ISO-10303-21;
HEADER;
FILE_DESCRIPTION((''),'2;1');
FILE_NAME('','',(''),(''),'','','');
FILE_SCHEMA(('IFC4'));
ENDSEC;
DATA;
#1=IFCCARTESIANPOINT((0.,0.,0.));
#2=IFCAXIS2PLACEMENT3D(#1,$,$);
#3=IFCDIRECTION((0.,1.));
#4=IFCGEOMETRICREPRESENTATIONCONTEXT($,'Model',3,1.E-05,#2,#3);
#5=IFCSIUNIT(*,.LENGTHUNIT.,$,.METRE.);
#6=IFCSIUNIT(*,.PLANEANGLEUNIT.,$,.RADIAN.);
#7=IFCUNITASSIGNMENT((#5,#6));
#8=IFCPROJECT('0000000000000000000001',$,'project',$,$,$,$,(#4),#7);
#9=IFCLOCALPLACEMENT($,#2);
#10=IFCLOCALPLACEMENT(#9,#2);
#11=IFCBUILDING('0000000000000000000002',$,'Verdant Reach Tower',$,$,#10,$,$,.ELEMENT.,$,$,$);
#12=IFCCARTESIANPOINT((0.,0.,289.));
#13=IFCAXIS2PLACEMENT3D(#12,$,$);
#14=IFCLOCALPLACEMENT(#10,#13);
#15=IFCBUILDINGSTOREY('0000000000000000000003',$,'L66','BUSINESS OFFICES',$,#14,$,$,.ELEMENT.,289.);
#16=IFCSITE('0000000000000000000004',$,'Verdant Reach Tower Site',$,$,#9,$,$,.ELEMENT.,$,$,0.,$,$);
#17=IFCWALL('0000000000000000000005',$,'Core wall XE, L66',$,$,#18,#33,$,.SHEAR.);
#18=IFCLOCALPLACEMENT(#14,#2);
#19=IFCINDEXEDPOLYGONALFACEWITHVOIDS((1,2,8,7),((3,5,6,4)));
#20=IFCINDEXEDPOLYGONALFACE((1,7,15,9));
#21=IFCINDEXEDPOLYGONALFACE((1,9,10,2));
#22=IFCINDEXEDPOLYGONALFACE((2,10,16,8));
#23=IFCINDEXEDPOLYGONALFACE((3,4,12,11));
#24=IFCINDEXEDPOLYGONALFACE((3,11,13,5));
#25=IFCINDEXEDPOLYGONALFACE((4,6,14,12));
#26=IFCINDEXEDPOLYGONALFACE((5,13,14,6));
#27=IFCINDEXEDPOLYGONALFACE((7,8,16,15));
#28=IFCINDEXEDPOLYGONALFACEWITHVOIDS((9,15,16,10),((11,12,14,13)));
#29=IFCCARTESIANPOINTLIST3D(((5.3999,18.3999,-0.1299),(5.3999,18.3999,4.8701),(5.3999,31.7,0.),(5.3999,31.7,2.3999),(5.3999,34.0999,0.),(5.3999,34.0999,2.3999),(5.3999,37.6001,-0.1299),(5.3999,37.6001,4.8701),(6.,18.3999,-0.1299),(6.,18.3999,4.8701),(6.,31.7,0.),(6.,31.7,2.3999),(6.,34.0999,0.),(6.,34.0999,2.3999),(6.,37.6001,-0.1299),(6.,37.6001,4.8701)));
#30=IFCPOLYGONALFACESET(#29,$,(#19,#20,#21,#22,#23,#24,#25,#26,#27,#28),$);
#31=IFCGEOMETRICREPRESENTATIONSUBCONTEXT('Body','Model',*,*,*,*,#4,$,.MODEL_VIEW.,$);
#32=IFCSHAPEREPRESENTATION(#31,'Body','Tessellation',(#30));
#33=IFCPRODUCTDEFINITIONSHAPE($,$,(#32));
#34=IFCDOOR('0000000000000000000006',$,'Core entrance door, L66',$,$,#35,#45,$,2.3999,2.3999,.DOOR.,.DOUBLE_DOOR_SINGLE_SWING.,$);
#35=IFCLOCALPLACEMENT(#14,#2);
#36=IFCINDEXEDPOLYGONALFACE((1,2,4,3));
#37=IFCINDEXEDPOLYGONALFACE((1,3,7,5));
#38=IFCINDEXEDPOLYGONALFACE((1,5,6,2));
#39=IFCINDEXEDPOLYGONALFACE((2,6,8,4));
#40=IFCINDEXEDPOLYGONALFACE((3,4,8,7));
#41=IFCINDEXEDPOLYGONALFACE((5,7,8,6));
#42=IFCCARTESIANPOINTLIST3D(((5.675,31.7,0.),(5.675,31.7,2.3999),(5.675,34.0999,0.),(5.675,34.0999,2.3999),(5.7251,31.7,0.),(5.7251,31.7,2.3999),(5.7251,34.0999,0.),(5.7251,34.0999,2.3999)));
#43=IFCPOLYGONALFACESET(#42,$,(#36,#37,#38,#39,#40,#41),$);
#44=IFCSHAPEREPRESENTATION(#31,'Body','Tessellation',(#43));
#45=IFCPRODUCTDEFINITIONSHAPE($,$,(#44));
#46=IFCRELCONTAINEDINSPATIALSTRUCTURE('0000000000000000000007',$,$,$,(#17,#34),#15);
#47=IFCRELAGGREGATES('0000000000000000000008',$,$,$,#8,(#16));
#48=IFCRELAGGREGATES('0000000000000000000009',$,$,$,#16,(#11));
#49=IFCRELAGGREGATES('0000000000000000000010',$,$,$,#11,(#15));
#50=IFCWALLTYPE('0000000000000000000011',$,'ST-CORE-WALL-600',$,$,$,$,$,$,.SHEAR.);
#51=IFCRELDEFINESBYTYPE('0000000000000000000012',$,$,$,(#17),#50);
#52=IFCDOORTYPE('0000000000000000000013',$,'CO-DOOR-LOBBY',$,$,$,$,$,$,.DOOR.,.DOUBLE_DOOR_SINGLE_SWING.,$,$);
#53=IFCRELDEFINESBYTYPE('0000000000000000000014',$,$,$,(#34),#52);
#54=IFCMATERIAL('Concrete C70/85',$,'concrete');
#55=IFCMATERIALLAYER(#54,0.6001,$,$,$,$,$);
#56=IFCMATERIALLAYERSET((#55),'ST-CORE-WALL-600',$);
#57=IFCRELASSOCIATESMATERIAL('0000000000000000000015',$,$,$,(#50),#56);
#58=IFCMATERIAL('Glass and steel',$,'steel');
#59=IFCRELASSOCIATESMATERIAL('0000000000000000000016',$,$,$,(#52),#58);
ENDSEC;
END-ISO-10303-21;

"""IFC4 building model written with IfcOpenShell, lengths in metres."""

from ifc_helpers import new_model, si_unit, direction, frame, frame_2d, origin, place, context, subcontext, project, spatial, rectangle, extrude, material, layer, layer_set, type_object, element, fill, save


model = new_model("IFC4")

# Units and contexts
model_context = context("Model", 3, precision=1e-05, world=origin(), true_north=direction((0.0, 1.0)))
body_context = subcontext(model_context, "Body", "Model", "MODEL_VIEW")
ifc_project = project(units=[si_unit("LENGTHUNIT", "METRE"), si_unit("PLANEANGLEUNIT", "RADIAN")], contexts=[model_context])

# Site, building, storey
site_placement = place(None, origin())
site = spatial("IfcSite", under=ifc_project, at=site_placement, Name="Verdant Reach Tower Site", CompositionType="ELEMENT", RefElevation=0.0)
building_placement = place(site_placement, origin())
building = spatial("IfcBuilding", under=site, at=building_placement, Name="Verdant Reach Tower", CompositionType="ELEMENT")
storey_placement = place(building_placement, frame((0.0, 0.0, 289.0)))
storey = spatial("IfcBuildingStorey", under=building, at=storey_placement, Name="L66", Description="BUSINESS OFFICES", CompositionType="ELEMENT", Elevation=289.0)

# Shared definitions
ifc_material_1 = material(Name="Concrete C70/85", Category="concrete")
ifc_layer_1 = layer(ifc_material_1, 0.6001)
ifc_layer_set_1 = layer_set([ifc_layer_1], Name="ST-CORE-WALL-600")
wall_type_1 = type_object("IfcWallType", Name="ST-CORE-WALL-600", PredefinedType="SHEAR", material=ifc_layer_set_1)
ifc_material_2 = material(Name="Glass and steel", Category="steel")
door_type_1 = type_object("IfcDoorType", Name="CO-DOOR-LOBBY", OperationType="DOUBLE_DOOR_SINGLE_SWING", PredefinedType="DOOR", material=ifc_material_2)

# Wall, opening, door
wall_1_placement = place(storey_placement, frame((5.7, 18.3999, -0.1299), z_axis=(0.0, 0.0, 1.0), x_axis=(0.0, 1.0, 0.0)))
wall_1 = element("IfcWall", 1, at=wall_1_placement, inside=storey, type_object=wall_type_1, Name="Core wall XE, L66", PredefinedType="SHEAR", context=body_context, shape_type="SweptSolid", body=[
    extrude(rectangle(XDim=19.2002, YDim=0.6001, at=frame_2d((9.6001, 0.0))), origin(), (0.0, 0.0, 1.0), 5.0),
])
opening_1_placement = place(wall_1_placement, frame((13.3, 0.0, 0.1299)))
opening_1 = element("IfcOpeningElement", 2, at=opening_1_placement, cuts=wall_1, PredefinedType="OPENING", context=body_context, shape_type="SweptSolid", body=[
    extrude(rectangle(XDim=2.3999, YDim=2.3999, at=frame_2d((1.2, 1.2))), frame((0.0, 0.3101, 0.0), z_axis=(0.0, -1.0, 0.0), x_axis=(1.0, 0.0, 0.0)), (0.0, 0.0, 1.0), 0.6201),
])
door_1_placement = place(opening_1_placement, origin())
door_1 = element("IfcDoor", 3, at=door_1_placement, inside=storey, type_object=door_type_1, Name="Core entrance door, L66", OperationType="DOUBLE_DOOR_SINGLE_SWING", OverallHeight=2.3999, OverallWidth=2.3999, PredefinedType="DOOR", context=body_context, shape_type="SweptSolid", body=[
    extrude(rectangle(XDim=2.3999, YDim=2.3999, at=frame_2d((1.2, 1.2))), frame((0.0, 0.0249, 0.0), z_axis=(0.0, -1.0, 0.0), x_axis=(1.0, 0.0, 0.0)), (0.0, 0.0, 1.0), 0.05),
])
fill(opening_1, door_1)

save(model, "model.ifc")
